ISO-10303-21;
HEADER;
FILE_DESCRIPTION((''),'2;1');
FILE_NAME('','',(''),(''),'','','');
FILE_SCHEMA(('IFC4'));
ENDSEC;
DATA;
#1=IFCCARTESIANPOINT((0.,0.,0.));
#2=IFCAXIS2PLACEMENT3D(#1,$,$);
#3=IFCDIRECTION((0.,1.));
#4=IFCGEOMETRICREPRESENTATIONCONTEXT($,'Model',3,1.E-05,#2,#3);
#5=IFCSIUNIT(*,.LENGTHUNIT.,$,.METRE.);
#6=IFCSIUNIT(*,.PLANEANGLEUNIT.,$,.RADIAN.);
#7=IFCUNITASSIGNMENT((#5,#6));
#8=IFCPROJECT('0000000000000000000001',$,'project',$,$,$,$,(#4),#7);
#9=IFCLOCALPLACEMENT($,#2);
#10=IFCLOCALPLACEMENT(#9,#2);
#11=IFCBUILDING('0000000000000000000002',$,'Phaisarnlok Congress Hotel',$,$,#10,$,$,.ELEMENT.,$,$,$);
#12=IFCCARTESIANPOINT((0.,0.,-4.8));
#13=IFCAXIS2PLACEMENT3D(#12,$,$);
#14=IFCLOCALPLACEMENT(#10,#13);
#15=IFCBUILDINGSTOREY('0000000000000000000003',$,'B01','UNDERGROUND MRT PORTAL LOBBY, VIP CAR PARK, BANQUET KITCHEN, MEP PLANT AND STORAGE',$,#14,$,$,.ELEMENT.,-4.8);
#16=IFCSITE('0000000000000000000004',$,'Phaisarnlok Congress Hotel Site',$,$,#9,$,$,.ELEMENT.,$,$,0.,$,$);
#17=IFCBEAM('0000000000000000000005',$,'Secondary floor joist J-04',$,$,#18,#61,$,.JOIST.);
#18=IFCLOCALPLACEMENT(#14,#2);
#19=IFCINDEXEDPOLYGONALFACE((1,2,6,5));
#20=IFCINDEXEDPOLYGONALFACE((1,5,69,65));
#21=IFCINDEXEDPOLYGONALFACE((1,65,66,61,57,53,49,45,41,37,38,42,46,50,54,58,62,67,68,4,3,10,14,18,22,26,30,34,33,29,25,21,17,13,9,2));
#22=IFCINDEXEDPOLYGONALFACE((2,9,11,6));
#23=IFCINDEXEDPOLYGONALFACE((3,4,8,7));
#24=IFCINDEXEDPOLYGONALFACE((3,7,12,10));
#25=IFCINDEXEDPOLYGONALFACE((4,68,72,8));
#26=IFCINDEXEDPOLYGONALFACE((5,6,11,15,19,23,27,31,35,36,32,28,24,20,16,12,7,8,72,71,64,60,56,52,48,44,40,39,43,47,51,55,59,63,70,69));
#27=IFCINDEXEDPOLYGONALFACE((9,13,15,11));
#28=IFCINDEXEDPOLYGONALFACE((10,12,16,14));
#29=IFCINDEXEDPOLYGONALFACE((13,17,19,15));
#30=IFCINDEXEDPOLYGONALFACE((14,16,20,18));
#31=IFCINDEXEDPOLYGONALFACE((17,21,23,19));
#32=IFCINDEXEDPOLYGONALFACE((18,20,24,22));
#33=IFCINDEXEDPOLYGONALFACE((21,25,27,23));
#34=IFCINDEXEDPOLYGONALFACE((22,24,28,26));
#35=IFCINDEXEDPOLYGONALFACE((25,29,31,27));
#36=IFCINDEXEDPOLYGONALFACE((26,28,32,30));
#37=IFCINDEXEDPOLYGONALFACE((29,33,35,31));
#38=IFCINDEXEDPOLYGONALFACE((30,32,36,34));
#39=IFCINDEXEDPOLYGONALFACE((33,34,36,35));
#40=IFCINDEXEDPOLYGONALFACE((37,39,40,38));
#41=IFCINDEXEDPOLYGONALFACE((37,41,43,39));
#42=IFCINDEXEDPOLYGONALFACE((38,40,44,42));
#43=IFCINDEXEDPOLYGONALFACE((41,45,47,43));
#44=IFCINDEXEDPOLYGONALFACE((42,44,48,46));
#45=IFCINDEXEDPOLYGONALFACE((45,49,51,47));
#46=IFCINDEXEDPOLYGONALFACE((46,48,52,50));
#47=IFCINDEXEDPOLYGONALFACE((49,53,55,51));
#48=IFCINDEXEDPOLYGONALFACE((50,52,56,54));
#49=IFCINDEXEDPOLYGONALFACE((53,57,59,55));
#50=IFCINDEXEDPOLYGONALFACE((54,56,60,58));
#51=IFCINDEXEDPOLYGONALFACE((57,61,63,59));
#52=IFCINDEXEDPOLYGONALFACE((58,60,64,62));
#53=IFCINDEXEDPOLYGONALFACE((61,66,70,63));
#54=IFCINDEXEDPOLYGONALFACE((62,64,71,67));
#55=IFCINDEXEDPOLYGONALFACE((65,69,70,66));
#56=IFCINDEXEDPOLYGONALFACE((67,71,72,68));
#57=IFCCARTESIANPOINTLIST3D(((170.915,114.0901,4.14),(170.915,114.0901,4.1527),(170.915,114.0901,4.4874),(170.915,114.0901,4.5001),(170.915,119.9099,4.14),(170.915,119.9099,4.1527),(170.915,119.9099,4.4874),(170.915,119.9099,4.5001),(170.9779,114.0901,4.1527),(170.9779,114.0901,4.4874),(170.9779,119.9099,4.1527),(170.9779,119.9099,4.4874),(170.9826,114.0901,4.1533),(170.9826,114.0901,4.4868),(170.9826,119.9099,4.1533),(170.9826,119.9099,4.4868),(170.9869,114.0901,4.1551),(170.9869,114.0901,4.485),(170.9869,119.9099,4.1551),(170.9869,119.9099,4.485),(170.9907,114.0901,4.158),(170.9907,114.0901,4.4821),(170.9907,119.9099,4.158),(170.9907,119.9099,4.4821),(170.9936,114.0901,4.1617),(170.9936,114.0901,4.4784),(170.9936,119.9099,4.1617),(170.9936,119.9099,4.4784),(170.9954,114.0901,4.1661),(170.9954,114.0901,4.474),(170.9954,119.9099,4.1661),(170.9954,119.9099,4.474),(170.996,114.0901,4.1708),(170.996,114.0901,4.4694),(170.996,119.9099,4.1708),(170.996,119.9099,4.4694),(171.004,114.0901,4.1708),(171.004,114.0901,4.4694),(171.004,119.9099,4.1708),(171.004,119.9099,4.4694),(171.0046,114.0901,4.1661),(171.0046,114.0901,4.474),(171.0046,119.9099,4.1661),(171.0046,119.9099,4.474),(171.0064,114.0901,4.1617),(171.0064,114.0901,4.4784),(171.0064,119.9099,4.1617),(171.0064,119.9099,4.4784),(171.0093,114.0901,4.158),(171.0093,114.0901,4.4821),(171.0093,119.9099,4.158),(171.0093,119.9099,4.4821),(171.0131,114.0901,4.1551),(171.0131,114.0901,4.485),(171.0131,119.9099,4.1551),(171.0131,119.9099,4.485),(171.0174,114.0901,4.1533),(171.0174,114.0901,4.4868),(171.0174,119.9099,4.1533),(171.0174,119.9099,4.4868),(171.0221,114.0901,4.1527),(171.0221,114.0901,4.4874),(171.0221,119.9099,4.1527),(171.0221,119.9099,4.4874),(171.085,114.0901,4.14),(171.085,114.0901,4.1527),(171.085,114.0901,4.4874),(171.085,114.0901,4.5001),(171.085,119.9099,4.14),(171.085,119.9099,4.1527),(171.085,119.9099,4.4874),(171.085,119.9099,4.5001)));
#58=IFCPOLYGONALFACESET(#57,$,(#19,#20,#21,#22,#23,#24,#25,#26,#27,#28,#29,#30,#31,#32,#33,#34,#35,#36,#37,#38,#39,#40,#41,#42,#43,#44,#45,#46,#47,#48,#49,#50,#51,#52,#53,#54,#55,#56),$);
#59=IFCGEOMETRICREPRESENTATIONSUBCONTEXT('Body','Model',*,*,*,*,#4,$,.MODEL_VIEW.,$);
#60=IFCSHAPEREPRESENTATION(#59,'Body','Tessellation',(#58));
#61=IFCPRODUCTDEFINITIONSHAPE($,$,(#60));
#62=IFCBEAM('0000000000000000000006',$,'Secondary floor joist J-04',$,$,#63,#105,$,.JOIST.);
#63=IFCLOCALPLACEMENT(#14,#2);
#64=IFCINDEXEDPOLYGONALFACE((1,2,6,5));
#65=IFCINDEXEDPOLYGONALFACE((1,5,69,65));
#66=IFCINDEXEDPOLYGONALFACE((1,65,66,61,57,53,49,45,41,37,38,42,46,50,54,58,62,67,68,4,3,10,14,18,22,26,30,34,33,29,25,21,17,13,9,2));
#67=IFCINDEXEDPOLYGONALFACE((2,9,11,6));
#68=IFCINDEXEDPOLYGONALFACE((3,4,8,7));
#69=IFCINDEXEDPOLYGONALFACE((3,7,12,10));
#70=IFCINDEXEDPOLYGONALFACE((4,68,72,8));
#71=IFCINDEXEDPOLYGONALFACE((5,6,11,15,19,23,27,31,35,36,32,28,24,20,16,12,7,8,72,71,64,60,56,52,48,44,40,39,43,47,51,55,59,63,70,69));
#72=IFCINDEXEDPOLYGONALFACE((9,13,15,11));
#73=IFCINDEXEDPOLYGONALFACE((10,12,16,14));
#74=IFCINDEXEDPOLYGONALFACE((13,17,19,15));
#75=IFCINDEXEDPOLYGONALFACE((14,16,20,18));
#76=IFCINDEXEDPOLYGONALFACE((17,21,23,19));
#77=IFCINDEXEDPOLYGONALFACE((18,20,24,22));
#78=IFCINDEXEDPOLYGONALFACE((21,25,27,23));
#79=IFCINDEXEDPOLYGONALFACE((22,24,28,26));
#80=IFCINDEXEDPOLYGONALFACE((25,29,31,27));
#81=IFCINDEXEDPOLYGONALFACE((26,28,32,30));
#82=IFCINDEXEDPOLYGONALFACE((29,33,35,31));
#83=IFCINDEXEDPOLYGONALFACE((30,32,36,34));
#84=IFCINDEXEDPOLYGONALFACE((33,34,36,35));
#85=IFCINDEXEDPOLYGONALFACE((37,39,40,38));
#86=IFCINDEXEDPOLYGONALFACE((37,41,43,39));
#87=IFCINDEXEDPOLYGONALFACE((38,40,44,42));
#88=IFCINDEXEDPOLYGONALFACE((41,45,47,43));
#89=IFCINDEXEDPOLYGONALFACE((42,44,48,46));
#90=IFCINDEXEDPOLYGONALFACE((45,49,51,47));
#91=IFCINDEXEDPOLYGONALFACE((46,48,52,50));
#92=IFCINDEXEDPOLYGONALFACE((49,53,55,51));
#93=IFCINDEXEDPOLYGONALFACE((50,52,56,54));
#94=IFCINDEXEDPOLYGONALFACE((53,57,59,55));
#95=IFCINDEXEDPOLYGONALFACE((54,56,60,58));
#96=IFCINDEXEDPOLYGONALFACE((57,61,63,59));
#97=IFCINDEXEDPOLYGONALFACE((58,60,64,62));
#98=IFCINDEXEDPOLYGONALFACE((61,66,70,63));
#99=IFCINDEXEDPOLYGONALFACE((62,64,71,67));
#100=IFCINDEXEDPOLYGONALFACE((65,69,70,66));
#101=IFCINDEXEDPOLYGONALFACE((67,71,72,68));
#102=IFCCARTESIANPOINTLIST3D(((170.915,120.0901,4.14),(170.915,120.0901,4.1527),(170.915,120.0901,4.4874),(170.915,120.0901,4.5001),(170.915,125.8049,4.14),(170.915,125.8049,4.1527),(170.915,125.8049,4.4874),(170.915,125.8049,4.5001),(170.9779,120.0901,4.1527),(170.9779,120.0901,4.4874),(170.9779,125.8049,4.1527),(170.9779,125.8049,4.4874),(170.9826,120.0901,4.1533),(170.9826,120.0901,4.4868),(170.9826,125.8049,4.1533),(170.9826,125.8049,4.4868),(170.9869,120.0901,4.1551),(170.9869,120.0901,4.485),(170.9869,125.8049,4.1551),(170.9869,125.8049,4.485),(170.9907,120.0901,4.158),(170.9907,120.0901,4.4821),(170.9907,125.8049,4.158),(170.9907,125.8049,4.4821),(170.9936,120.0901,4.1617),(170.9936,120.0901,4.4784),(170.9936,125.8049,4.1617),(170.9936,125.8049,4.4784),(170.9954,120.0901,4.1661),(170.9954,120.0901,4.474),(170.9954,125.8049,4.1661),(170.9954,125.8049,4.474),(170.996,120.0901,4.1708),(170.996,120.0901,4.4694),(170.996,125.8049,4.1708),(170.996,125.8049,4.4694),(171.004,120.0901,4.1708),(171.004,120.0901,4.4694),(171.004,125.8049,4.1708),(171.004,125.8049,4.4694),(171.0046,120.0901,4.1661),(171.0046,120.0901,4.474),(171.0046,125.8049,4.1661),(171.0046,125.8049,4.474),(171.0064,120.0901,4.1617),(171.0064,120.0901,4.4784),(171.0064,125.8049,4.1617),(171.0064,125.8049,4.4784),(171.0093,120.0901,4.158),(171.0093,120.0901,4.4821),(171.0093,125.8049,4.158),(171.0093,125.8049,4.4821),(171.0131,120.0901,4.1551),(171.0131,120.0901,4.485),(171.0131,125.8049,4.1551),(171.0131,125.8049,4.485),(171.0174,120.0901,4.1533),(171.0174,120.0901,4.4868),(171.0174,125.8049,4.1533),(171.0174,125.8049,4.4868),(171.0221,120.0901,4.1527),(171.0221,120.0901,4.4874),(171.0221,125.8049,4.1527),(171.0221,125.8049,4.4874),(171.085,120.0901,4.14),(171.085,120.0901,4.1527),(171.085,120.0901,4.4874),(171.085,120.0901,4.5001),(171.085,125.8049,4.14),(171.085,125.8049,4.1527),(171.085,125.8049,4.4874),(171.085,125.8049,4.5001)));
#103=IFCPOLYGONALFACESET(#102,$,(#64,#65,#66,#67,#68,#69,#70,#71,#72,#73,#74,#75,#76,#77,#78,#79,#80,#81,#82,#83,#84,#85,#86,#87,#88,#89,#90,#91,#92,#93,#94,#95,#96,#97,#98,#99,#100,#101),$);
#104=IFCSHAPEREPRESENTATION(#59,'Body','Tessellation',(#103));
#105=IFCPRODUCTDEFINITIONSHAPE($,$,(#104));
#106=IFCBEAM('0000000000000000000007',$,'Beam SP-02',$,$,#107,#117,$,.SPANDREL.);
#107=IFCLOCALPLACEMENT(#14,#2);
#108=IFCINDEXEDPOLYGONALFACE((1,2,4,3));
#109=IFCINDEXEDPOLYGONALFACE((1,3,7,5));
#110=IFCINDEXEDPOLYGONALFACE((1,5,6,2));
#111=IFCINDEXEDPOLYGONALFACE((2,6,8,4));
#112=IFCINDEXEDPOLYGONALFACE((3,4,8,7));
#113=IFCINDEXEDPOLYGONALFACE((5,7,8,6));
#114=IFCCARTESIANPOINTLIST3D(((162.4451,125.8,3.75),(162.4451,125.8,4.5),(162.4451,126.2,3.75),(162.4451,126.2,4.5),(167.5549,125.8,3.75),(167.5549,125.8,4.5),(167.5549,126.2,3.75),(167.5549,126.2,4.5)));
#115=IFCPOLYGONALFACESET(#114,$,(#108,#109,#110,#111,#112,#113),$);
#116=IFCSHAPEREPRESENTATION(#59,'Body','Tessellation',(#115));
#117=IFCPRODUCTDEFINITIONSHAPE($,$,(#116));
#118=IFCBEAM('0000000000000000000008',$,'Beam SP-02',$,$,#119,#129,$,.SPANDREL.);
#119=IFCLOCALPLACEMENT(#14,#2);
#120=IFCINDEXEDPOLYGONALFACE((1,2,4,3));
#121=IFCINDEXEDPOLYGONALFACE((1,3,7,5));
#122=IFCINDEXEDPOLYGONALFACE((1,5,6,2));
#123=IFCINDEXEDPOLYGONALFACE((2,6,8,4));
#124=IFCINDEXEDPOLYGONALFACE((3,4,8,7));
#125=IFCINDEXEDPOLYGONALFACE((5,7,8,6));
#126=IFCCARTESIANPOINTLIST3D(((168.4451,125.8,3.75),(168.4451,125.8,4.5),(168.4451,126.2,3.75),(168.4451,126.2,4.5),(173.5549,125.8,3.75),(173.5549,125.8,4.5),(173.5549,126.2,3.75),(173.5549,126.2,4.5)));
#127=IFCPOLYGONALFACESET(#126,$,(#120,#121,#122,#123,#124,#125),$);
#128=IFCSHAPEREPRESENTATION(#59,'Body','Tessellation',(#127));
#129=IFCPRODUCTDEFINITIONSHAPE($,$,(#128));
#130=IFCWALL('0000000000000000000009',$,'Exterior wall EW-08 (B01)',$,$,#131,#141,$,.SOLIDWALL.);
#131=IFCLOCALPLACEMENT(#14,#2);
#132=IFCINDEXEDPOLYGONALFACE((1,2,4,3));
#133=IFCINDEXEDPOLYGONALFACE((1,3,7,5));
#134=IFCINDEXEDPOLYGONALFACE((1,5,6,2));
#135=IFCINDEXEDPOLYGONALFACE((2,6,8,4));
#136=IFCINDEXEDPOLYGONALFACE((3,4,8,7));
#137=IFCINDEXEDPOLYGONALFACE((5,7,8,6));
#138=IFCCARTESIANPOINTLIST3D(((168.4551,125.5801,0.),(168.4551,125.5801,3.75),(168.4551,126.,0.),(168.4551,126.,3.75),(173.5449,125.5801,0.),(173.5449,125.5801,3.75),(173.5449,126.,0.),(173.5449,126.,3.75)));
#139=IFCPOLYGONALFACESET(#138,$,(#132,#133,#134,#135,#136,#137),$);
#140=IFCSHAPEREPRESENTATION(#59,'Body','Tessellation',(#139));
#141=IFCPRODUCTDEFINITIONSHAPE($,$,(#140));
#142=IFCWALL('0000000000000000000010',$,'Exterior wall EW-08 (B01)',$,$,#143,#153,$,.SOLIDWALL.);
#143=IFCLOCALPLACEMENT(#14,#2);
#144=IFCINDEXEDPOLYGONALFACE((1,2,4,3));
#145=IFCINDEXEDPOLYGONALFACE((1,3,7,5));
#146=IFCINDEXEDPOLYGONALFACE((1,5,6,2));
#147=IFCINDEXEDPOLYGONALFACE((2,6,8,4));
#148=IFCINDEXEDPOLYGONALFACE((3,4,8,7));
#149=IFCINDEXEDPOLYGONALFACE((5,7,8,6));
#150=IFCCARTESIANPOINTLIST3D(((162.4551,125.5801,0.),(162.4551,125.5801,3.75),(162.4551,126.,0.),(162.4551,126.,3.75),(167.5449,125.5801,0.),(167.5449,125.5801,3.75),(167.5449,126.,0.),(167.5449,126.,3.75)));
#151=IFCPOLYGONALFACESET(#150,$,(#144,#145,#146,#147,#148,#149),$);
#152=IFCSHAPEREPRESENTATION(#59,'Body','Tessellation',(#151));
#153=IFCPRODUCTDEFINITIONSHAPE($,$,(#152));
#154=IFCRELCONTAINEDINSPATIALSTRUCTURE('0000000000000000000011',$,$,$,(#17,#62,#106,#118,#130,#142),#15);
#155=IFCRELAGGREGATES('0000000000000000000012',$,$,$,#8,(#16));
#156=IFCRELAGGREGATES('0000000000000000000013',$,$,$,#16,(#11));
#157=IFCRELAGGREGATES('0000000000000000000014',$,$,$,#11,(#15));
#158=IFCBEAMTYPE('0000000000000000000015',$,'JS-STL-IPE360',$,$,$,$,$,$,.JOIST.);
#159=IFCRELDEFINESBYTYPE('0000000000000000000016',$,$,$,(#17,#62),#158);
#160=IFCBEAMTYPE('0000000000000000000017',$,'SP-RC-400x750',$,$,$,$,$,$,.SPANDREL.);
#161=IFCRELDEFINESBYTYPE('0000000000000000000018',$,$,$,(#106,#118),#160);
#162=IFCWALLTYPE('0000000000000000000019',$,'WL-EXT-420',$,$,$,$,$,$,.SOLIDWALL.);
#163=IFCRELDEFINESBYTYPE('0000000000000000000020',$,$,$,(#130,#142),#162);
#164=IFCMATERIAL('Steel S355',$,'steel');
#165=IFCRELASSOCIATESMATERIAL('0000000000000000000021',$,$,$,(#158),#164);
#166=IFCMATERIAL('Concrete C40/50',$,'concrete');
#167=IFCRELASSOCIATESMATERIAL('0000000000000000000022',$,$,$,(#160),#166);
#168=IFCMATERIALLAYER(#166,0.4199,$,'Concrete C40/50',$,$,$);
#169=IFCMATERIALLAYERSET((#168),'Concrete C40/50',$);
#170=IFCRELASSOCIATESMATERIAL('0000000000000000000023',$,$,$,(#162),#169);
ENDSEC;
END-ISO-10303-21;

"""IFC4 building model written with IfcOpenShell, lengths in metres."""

from ifc_helpers import new_model, si_unit, direction, frame, frame_2d, origin, origin_2d, place, context, subcontext, project, spatial, rectangle, i_section, extrude, material, layer, layer_set, material_profile, profile_set, type_object, element, save


model = new_model("IFC4")

# Units and contexts
model_context = context("Model", 3, precision=1e-05, world=origin(), true_north=direction((0.0, 1.0)))
body_context = subcontext(model_context, "Body", "Model", "MODEL_VIEW")
ifc_project = project(units=[si_unit("LENGTHUNIT", "METRE"), si_unit("PLANEANGLEUNIT", "RADIAN")], contexts=[model_context])

# Site, building, storey
site_placement = place(None, origin())
site = spatial("IfcSite", under=ifc_project, at=site_placement, Name="Phaisarnlok Congress Hotel Site", CompositionType="ELEMENT", RefElevation=0.0)
building_placement = place(site_placement, origin())
building = spatial("IfcBuilding", under=site, at=building_placement, Name="Phaisarnlok Congress Hotel", CompositionType="ELEMENT")
storey_placement = place(building_placement, frame((0.0, 0.0, -4.8)))
storey = spatial("IfcBuildingStorey", under=building, at=storey_placement, Name="B01", Description="UNDERGROUND MRT PORTAL LOBBY, VIP CAR PARK, BANQUET KITCHEN, MEP PLANT AND STORAGE", CompositionType="ELEMENT", Elevation=-4.8)

# Shared definitions
ifc_material_1 = material(Name="Concrete C40/50", Category="concrete")

# Beams
ifc_material_2 = material(Name="Steel S355", Category="steel")
ifc_material_profile_1 = material_profile(ifc_material_2, i_section(OverallWidth=0.1699, OverallDepth=0.3601, WebThickness=0.0081, FlangeThickness=0.0127, FilletRadius=0.0181, at=origin_2d()), Name="IPE 360")
ifc_profile_set_1 = profile_set([ifc_material_profile_1], Name="Steel S355")
beam_type_1 = type_object("IfcBeamType", Name="JS-STL-IPE360", PredefinedType="JOIST", material=ifc_profile_set_1)
beam_1_placement = place(storey_placement, frame((171.0, 114.0901, 4.3201), z_axis=(0.0, 1.0, 0.0), x_axis=(-1.0, 0.0, 0.0)))
element("IfcBeam", 1, at=beam_1_placement, inside=storey, type_object=beam_type_1, Name="Secondary floor joist J-04", PredefinedType="JOIST", context=body_context, shape_type="SweptSolid", body=[
    extrude(i_section(OverallWidth=0.1699, OverallDepth=0.3601, WebThickness=0.0081, FlangeThickness=0.0127, FilletRadius=0.0181, at=origin_2d()), origin(), (0.0, 0.0, 1.0), 5.8198),
])
beam_2_placement = place(storey_placement, frame((171.0, 120.0901, 4.3201), z_axis=(0.0, 1.0, 0.0), x_axis=(-1.0, 0.0, 0.0)))
element("IfcBeam", 2, at=beam_2_placement, inside=storey, type_object=beam_type_1, Name="Secondary floor joist J-04", PredefinedType="JOIST", context=body_context, shape_type="SweptSolid", body=[
    extrude(i_section(OverallWidth=0.1699, OverallDepth=0.3601, WebThickness=0.0081, FlangeThickness=0.0127, FilletRadius=0.0181, at=origin_2d()), origin(), (0.0, 0.0, 1.0), 5.7148),
])
ifc_material_profile_2 = material_profile(ifc_material_1, rectangle(XDim=0.3999, YDim=0.75, at=origin_2d()), Name="RC 400x750")
ifc_profile_set_2 = profile_set([ifc_material_profile_2], Name="Concrete C40/50")
beam_type_2 = type_object("IfcBeamType", Name="SP-RC-400x750", PredefinedType="SPANDREL", material=ifc_profile_set_2)
for number, where, z_axis, x_axis, name in (
    (3, (162.4451, 126.0, 4.125), (1.0, 0.0, 0.0), (0.0, 1.0, 0.0), "Beam SP-02"),
    (4, (168.4451, 126.0, 4.125), (1.0, 0.0, 0.0), (0.0, 1.0, 0.0), "Beam SP-02"),
):
    element("IfcBeam", number, at=place(storey_placement, frame(where, z_axis=z_axis, x_axis=x_axis)), inside=storey, type_object=beam_type_2, Name=name, PredefinedType="SPANDREL", context=body_context, shape_type="SweptSolid", body=[
        extrude(rectangle(XDim=0.3999, YDim=0.75, at=origin_2d()), origin(), (0.0, 0.0, 1.0), 5.1099),
    ])

# Walls
ifc_layer = layer(ifc_material_1, 0.4199, Name="Concrete C40/50")
ifc_layer_set = layer_set([ifc_layer], Name="Concrete C40/50")
wall_type = type_object("IfcWallType", Name="WL-EXT-420", PredefinedType="SOLIDWALL", material=ifc_layer_set)
for number, where, z_axis, x_axis, name in (
    (5, (173.5449, 125.79, 0.0), (0.0, 0.0, 1.0), (-1.0, 0.0, 0.0), "Exterior wall EW-08 (B01)"),
    (6, (167.5449, 125.79, 0.0), (0.0, 0.0, 1.0), (-1.0, 0.0, 0.0), "Exterior wall EW-08 (B01)"),
):
    element("IfcWall", number, at=place(storey_placement, frame(where, z_axis=z_axis, x_axis=x_axis)), inside=storey, type_object=wall_type, Name=name, PredefinedType="SOLIDWALL", context=body_context, shape_type="SweptSolid", body=[
        extrude(rectangle(XDim=5.0898, YDim=0.4199, at=frame_2d((2.5449, 0.0))), origin(), (0.0, 0.0, 1.0), 3.75),
    ])

save(model, "model.ifc")
